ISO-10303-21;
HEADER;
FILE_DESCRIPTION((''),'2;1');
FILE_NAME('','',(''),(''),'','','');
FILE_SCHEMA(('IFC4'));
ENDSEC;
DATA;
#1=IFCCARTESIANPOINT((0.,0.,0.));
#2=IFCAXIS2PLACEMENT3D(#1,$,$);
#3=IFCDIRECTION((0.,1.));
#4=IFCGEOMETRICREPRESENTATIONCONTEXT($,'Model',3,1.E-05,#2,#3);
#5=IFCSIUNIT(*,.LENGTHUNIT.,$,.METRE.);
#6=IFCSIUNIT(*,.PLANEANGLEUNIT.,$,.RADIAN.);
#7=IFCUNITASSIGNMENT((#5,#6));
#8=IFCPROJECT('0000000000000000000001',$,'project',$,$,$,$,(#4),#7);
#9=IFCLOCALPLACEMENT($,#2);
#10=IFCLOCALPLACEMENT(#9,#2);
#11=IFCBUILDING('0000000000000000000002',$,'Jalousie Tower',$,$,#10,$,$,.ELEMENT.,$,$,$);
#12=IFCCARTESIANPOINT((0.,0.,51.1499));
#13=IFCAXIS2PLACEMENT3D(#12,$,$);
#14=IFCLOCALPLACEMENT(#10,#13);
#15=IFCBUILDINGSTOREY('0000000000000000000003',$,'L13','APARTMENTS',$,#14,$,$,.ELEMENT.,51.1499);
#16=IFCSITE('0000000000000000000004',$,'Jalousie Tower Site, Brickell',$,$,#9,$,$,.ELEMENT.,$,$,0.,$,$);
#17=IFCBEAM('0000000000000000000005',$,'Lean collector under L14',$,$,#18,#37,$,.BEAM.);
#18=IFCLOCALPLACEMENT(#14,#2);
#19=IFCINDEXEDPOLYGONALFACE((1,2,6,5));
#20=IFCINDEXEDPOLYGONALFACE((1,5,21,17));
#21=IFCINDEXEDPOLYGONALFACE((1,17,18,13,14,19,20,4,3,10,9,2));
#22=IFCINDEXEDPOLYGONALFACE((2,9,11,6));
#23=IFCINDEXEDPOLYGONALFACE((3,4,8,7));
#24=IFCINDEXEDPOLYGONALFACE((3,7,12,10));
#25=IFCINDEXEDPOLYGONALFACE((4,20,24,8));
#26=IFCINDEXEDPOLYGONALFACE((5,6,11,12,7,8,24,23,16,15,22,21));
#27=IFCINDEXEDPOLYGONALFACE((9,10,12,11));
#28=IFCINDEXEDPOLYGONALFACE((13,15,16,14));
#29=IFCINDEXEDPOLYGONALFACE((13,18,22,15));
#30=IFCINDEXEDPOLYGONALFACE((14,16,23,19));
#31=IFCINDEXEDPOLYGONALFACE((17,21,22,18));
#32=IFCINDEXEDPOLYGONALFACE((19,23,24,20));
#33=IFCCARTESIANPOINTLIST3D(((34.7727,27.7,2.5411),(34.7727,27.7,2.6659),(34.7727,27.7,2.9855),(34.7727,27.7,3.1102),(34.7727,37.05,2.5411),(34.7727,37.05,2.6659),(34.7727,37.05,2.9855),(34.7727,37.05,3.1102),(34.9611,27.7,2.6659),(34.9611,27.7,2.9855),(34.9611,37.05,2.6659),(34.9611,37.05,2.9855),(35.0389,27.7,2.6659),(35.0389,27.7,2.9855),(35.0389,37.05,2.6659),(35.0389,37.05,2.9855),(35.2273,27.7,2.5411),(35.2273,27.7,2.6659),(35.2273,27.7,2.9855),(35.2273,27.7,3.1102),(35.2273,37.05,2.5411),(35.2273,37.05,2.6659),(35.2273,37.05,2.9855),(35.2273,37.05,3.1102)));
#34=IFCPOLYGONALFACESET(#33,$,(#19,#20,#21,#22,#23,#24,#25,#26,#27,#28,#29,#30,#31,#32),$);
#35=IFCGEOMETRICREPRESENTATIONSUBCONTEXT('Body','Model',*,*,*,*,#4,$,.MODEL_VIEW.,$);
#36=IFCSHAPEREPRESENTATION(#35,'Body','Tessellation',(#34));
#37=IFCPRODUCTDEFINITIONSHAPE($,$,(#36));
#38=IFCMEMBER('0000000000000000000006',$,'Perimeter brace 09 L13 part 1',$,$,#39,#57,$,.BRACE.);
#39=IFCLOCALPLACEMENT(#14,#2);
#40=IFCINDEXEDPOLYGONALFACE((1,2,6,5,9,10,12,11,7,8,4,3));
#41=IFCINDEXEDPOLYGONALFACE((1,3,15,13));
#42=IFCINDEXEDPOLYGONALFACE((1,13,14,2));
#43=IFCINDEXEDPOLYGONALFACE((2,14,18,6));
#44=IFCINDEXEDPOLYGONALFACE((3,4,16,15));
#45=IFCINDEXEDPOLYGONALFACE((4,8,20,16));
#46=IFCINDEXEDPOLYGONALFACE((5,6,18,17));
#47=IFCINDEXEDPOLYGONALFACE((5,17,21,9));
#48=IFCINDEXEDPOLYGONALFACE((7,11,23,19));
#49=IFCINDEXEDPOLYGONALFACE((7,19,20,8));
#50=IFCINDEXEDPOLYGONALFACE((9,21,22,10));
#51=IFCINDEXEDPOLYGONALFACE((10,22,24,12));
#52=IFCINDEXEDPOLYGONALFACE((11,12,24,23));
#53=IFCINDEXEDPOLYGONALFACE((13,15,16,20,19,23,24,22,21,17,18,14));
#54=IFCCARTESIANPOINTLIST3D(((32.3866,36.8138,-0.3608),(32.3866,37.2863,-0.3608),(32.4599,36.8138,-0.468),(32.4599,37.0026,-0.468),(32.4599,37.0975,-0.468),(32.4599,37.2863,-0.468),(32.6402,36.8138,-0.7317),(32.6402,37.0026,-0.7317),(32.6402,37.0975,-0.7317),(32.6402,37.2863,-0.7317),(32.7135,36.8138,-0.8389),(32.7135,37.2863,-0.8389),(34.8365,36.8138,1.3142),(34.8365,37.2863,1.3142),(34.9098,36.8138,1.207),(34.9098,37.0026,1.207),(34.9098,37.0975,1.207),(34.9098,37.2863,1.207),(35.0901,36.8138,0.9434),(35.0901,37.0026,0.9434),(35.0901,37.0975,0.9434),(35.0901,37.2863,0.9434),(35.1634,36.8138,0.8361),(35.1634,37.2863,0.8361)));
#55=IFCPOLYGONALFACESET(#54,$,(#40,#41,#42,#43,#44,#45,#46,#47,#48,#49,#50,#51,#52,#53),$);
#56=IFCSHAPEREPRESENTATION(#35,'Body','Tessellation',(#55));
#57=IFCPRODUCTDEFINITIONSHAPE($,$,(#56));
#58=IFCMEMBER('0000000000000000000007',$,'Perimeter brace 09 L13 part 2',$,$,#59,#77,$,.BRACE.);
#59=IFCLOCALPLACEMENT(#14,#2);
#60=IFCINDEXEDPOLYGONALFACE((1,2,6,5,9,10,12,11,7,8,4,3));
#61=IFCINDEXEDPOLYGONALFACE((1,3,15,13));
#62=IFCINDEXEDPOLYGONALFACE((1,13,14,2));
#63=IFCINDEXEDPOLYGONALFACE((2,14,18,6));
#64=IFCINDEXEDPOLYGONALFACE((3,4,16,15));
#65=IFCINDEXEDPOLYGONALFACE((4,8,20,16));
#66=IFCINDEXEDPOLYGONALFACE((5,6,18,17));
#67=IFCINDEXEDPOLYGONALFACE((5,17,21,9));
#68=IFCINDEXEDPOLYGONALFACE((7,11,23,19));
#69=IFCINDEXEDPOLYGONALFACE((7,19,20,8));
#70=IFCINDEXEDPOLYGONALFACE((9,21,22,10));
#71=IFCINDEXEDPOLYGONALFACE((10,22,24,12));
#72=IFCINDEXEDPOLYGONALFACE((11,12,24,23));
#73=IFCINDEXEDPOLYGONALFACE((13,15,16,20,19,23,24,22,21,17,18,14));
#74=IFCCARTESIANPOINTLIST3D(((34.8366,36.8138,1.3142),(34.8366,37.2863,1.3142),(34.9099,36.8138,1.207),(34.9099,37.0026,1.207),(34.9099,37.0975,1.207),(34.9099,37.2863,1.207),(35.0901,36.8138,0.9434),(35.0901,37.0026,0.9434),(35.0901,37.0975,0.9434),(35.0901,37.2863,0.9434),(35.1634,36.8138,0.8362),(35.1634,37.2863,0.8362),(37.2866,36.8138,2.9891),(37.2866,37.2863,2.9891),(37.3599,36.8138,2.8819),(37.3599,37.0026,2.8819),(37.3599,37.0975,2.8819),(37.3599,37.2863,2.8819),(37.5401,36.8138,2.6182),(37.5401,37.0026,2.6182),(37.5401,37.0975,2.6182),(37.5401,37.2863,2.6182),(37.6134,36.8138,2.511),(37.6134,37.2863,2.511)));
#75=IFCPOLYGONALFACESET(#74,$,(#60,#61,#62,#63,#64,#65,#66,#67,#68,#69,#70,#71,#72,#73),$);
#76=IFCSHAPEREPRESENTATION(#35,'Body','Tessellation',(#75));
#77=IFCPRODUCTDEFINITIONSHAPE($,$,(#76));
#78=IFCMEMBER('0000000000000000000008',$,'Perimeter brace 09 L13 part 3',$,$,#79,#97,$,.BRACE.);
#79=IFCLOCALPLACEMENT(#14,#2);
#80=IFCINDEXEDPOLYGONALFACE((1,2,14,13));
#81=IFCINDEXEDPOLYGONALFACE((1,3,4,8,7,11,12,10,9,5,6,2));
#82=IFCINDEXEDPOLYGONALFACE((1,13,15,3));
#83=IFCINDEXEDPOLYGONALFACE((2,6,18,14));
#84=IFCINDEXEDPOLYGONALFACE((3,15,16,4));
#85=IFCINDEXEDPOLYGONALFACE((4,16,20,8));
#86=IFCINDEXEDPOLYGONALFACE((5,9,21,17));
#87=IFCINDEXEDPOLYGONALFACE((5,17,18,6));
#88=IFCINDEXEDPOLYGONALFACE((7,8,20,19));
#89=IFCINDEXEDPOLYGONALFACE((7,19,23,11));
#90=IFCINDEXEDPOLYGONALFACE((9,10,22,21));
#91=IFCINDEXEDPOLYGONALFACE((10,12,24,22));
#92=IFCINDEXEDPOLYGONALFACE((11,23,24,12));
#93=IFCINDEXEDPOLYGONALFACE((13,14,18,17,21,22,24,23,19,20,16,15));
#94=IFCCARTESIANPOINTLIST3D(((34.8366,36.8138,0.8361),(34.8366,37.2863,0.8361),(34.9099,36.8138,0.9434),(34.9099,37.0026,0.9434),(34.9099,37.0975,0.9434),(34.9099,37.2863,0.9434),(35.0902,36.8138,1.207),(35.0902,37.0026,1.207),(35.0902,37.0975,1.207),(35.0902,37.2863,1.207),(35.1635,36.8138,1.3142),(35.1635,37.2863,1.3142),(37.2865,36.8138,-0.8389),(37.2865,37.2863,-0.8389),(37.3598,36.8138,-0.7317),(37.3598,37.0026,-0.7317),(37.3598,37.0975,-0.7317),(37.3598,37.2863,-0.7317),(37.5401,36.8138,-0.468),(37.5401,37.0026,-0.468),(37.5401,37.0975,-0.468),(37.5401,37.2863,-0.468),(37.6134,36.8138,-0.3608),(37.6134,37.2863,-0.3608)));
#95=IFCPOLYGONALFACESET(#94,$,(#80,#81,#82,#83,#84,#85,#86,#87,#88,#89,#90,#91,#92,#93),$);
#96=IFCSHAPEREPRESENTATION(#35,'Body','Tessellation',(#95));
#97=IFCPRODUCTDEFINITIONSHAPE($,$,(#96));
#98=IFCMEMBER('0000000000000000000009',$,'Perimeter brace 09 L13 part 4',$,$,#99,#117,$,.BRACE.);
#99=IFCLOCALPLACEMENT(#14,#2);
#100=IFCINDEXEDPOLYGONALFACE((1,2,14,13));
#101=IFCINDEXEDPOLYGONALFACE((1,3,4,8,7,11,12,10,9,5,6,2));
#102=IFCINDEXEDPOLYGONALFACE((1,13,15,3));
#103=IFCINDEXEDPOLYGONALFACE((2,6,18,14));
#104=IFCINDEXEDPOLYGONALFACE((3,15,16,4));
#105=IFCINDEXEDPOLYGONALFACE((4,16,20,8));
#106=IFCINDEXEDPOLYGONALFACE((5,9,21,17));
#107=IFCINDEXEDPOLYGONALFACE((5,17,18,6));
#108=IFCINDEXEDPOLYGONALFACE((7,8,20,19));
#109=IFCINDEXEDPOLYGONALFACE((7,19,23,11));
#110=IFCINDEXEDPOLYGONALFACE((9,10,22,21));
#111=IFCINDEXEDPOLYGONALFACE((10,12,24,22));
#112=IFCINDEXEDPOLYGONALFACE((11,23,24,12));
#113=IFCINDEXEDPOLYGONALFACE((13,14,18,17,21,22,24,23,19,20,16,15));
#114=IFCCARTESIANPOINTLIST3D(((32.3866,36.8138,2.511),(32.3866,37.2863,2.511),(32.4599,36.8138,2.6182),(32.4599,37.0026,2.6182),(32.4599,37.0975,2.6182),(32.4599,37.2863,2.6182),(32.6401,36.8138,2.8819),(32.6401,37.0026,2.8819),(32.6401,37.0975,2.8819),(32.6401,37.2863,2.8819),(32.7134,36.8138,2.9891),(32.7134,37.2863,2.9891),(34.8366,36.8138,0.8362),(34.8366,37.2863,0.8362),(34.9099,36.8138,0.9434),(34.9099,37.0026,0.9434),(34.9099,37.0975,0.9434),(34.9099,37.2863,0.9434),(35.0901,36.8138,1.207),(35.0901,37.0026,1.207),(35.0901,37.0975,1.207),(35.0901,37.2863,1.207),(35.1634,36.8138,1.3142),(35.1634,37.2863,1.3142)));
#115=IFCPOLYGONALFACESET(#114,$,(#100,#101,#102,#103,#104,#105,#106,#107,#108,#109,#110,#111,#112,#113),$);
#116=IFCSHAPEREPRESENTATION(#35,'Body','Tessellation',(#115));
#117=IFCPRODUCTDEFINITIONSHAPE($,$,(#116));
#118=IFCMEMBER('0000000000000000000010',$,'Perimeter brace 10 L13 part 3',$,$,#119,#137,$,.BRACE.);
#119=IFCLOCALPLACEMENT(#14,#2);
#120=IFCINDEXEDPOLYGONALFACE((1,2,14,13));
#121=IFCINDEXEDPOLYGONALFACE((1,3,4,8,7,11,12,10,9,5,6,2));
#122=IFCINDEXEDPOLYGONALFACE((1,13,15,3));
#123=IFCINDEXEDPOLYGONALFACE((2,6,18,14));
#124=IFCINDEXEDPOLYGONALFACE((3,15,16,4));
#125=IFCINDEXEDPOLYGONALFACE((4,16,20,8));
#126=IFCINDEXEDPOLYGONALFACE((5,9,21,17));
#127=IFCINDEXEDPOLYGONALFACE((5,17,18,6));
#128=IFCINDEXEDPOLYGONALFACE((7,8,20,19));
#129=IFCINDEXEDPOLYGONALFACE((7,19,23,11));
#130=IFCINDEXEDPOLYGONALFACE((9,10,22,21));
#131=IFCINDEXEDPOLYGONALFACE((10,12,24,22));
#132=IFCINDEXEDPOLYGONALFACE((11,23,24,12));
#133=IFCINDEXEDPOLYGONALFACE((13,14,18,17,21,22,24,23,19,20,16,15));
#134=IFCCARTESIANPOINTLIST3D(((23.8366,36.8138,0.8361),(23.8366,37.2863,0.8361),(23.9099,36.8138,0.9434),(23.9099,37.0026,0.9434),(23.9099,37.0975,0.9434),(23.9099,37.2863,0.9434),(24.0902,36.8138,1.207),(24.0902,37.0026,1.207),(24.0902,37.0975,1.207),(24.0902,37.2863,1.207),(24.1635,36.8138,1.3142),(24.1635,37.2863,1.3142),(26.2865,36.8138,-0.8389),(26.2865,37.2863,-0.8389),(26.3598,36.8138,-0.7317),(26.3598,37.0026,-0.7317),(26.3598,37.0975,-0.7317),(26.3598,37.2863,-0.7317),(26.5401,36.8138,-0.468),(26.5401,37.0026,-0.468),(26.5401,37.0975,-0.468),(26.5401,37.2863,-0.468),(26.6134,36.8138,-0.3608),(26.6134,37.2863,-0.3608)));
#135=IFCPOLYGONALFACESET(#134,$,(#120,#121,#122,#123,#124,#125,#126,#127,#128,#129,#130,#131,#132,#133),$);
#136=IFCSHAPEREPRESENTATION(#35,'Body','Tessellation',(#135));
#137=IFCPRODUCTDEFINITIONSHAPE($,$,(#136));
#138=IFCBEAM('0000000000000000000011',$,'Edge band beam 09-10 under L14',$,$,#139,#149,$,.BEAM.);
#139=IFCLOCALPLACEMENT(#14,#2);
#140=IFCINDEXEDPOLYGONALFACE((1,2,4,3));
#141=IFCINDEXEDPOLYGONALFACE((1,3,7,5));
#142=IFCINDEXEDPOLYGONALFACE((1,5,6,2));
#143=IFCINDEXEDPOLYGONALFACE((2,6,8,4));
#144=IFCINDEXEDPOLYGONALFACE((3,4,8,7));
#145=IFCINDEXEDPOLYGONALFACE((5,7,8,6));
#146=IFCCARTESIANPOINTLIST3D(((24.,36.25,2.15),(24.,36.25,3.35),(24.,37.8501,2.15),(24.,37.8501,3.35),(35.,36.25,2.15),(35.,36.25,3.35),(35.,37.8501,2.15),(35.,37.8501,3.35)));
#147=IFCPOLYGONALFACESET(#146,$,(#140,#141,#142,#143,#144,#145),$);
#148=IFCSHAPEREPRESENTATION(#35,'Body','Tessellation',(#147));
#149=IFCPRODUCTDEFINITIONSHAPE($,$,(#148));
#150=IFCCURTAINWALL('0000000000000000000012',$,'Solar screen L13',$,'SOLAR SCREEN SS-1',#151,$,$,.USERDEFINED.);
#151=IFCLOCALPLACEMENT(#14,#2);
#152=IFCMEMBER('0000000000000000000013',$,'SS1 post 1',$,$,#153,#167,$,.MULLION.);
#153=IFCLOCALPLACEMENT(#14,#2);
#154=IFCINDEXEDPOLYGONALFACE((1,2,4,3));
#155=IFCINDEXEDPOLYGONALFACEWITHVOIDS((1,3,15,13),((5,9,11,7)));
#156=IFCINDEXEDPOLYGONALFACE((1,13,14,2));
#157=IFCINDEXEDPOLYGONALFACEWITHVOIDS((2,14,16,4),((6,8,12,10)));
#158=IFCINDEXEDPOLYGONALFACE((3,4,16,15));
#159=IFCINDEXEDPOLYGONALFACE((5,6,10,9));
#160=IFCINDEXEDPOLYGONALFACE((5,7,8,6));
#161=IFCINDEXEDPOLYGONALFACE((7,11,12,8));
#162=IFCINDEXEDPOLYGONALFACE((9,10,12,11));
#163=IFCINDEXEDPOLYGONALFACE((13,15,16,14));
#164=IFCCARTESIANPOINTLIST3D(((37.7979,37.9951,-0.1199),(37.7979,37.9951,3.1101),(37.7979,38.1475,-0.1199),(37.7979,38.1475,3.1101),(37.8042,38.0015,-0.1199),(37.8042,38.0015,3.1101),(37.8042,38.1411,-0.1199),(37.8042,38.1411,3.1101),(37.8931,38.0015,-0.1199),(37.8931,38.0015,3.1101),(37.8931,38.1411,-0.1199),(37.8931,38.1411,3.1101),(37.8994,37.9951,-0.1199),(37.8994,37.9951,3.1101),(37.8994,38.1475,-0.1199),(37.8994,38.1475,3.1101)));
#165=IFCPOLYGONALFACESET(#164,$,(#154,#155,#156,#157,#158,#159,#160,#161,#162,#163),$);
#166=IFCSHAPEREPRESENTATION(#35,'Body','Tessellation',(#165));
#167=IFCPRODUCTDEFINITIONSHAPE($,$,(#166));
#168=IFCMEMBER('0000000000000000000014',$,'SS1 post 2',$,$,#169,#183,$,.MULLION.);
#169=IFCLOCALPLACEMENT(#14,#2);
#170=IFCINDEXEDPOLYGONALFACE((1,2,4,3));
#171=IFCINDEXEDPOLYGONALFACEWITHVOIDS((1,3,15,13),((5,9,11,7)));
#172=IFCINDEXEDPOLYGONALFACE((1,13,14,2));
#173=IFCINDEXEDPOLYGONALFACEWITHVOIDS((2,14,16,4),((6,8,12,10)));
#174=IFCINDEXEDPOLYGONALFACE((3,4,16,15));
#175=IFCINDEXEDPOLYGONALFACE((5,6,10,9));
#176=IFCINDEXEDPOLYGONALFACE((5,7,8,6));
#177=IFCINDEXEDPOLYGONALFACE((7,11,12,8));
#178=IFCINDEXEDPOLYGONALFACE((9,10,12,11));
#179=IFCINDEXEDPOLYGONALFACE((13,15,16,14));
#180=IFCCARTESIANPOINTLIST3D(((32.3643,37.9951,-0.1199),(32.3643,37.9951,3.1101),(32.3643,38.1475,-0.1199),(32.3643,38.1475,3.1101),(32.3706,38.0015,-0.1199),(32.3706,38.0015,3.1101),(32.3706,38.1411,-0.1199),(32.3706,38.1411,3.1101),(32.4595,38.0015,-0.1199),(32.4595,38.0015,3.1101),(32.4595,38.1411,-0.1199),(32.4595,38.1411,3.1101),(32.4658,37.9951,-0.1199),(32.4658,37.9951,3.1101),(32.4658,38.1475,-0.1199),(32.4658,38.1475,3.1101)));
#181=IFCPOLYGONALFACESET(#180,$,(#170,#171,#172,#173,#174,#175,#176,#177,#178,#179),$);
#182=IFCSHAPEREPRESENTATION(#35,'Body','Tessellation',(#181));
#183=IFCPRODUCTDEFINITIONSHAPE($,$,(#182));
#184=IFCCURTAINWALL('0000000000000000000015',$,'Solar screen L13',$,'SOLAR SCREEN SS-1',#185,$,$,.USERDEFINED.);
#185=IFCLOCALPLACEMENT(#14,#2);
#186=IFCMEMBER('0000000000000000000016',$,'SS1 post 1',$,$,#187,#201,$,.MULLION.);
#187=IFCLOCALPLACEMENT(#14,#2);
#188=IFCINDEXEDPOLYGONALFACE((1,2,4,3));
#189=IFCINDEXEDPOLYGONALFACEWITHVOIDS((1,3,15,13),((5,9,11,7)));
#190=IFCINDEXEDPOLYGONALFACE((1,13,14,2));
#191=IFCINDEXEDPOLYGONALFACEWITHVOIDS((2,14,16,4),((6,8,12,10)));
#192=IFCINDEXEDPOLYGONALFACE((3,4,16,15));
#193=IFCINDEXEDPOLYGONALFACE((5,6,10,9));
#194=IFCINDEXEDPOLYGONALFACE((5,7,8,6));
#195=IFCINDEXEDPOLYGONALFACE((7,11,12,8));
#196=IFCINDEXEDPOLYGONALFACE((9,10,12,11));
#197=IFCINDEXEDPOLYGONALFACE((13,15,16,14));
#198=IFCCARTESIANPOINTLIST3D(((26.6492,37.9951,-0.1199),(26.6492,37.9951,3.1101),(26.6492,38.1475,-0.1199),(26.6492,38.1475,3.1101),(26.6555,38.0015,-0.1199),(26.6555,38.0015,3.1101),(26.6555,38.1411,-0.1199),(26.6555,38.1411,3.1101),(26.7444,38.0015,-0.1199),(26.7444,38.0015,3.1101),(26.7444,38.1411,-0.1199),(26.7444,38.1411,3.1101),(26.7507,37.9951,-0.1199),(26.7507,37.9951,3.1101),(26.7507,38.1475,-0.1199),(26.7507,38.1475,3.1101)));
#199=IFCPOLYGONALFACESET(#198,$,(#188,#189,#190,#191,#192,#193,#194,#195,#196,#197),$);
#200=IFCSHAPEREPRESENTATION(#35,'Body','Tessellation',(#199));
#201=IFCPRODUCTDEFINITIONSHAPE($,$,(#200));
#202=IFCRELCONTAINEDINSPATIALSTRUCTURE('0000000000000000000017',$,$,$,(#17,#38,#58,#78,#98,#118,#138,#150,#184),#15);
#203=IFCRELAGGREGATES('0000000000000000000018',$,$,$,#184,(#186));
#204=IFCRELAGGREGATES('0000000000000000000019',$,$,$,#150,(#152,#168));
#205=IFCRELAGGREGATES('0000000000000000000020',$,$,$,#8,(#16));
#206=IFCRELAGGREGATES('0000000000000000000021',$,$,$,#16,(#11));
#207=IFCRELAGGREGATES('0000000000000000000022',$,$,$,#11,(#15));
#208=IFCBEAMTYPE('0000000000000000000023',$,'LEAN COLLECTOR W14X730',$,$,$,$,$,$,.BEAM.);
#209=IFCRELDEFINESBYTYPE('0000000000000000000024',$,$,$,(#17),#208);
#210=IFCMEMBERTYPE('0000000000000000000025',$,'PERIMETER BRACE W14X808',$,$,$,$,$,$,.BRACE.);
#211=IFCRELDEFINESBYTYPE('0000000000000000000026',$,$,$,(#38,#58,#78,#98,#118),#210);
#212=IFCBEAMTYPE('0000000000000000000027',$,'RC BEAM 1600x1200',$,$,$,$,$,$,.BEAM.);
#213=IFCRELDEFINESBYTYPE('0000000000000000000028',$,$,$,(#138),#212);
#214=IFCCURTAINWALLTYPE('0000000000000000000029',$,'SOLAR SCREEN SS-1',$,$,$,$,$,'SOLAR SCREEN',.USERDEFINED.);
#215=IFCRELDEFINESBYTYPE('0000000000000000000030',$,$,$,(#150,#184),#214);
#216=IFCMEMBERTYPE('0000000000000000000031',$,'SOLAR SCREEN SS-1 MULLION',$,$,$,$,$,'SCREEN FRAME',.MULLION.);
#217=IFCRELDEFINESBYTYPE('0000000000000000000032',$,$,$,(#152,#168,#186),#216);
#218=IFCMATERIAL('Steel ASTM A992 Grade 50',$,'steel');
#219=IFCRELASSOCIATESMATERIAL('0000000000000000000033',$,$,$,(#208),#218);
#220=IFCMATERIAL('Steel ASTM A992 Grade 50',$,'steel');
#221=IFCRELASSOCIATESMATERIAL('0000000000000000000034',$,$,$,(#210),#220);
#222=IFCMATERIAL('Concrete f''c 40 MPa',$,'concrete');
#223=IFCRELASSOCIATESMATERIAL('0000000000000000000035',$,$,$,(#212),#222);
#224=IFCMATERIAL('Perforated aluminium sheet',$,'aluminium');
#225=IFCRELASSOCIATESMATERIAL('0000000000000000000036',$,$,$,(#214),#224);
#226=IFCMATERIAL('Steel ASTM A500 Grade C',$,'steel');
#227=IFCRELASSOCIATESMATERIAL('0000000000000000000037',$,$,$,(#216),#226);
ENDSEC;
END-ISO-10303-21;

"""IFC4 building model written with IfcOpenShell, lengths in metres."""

from ifc_helpers import new_model, si_unit, direction, frame, origin, origin_2d, place, context, subcontext, project, spatial, rectangle, hollow_rectangle, i_section, extrude, material, material_profile, profile_set, type_object, element, aggregate, save


model = new_model("IFC4")

# Units and contexts
model_context = context("Model", 3, precision=1e-05, world=origin(), true_north=direction((0.0, 1.0)))
body_context = subcontext(model_context, "Body", "Model", "MODEL_VIEW")
ifc_project = project(units=[si_unit("LENGTHUNIT", "METRE"), si_unit("PLANEANGLEUNIT", "RADIAN")], contexts=[model_context])

# Site, building, storey
site_placement = place(None, origin())
site = spatial("IfcSite", under=ifc_project, at=site_placement, Name="Jalousie Tower Site, Brickell", CompositionType="ELEMENT", RefElevation=0.0)
building_placement = place(site_placement, origin())
building = spatial("IfcBuilding", under=site, at=building_placement, Name="Jalousie Tower", CompositionType="ELEMENT")
storey_placement = place(building_placement, frame((0.0, 0.0, 51.1499)))
storey = spatial("IfcBuildingStorey", under=building, at=storey_placement, Name="L13", Description="APARTMENTS", CompositionType="ELEMENT", Elevation=51.1499)

# Beam
ifc_material_1 = material(Name="Steel ASTM A992 Grade 50", Category="steel")
ifc_material_profile_1 = material_profile(ifc_material_1, i_section(OverallWidth=0.4546, OverallDepth=0.5691, WebThickness=0.0779, FlangeThickness=0.1248, at=origin_2d()), Name="W14X730")
ifc_profile_set_1 = profile_set([ifc_material_profile_1], Name="Steel ASTM A992 Grade 50")
beam_type_1 = type_object("IfcBeamType", Name="LEAN COLLECTOR W14X730", PredefinedType="BEAM", material=ifc_profile_set_1)
beam_1_placement = place(storey_placement, frame((35.0, 37.05, 2.8257), z_axis=(0.0, -1.0, 0.0), x_axis=(1.0, 0.0, 0.0)))
element("IfcBeam", 1, at=beam_1_placement, inside=storey, type_object=beam_type_1, Name="Lean collector under L14", PredefinedType="BEAM", context=body_context, shape_type="SweptSolid", body=[
    extrude(i_section(OverallWidth=0.4546, OverallDepth=0.5691, WebThickness=0.0779, FlangeThickness=0.1248, at=origin_2d()), origin(), (0.0, 0.0, 1.0), 9.3501),
])

# Members
ifc_material_2 = material(Name="Steel ASTM A992 Grade 50", Category="steel")
ifc_material_profile_2 = material_profile(ifc_material_2, i_section(OverallWidth=0.4724, OverallDepth=0.5791, WebThickness=0.095, FlangeThickness=0.1299, at=origin_2d()), Name="W14X808")
ifc_profile_set_2 = profile_set([ifc_material_profile_2], Name="Steel ASTM A992 Grade 50")
member_type_1 = type_object("IfcMemberType", Name="PERIMETER BRACE W14X808", PredefinedType="BRACE", material=ifc_profile_set_2)
for number, where, z_axis, x_axis, name in (
    (2, (32.55, 37.05, -0.5999), (0.825501, 0.0, 0.564401), (0.0, 1.0, 0.0), "Perimeter brace 09 L13 part 1"),
    (3, (35.0, 37.05, 1.0752), (0.825539, 0.0, 0.564345), (0.0, 1.0, 0.0), "Perimeter brace 09 L13 part 2"),
    (4, (37.45, 37.05, -0.5999), (-0.825501, 0.0, 0.564401), (0.0, -1.0, 0.0), "Perimeter brace 09 L13 part 3"),
    (5, (35.0, 37.05, 1.0752), (-0.825539, 0.0, 0.564345), (0.0, -1.0, 0.0), "Perimeter brace 09 L13 part 4"),
    (6, (26.45, 37.05, -0.5999), (-0.825501, 0.0, 0.564401), (0.0, -1.0, 0.0), "Perimeter brace 10 L13 part 3"),
):
    element("IfcMember", number, at=place(storey_placement, frame(where, z_axis=z_axis, x_axis=x_axis)), inside=storey, type_object=member_type_1, Name=name, PredefinedType="BRACE", context=body_context, shape_type="SweptSolid", body=[
        extrude(i_section(OverallWidth=0.4724, OverallDepth=0.5791, WebThickness=0.095, FlangeThickness=0.1299, at=origin_2d()), origin(), (0.0, 0.0, 1.0), 2.9678),
    ])

# Beam
ifc_material_3 = material(Name="Concrete f'c 40 MPa", Category="concrete")
ifc_material_profile_3 = material_profile(ifc_material_3, rectangle(XDim=1.6001, YDim=1.2, at=origin_2d()), Name="RC 1600x1200")
ifc_profile_set_3 = profile_set([ifc_material_profile_3], Name="Concrete f'c 40 MPa")
beam_type_2 = type_object("IfcBeamType", Name="RC BEAM 1600x1200", PredefinedType="BEAM", material=ifc_profile_set_3)
beam_2_placement = place(storey_placement, frame((35.0, 37.05, 2.75), z_axis=(-1.0, 0.0, 0.0), x_axis=(0.0, -1.0, 0.0)))
element("IfcBeam", 7, at=beam_2_placement, inside=storey, type_object=beam_type_2, Name="Edge band beam 09-10 under L14", PredefinedType="BEAM", context=body_context, shape_type="SweptSolid", body=[
    extrude(rectangle(XDim=1.6001, YDim=1.2, at=origin_2d()), origin(), (0.0, 0.0, 1.0), 11.0),
])

# Curtain wall, members
ifc_material_4 = material(Name="Perforated aluminium sheet", Category="aluminium")
curtain_wall_type = type_object("IfcCurtainWallType", Name="SOLAR SCREEN SS-1", ElementType="SOLAR SCREEN", PredefinedType="USERDEFINED", material=ifc_material_4)
curtain_wall_1_placement = place(storey_placement, origin())
curtain_wall_1 = element("IfcCurtainWall", 8, at=curtain_wall_1_placement, inside=storey, type_object=curtain_wall_type, Name="Solar screen L13", ObjectType="SOLAR SCREEN SS-1", PredefinedType="USERDEFINED")
ifc_material_5 = material(Name="Steel ASTM A500 Grade C", Category="steel")
ifc_material_profile_4 = material_profile(ifc_material_5, hollow_rectangle(XDim=0.1016, YDim=0.1523, WallThickness=0.0063, at=origin_2d()), Name="HSS6X4X1/4")
ifc_profile_set_4 = profile_set([ifc_material_profile_4], Name="Steel ASTM A500 Grade C")
member_type_2 = type_object("IfcMemberType", Name="SOLAR SCREEN SS-1 MULLION", ElementType="SCREEN FRAME", PredefinedType="MULLION", material=ifc_profile_set_4)
member_1_placement = place(storey_placement, frame((37.8486, 38.0713, -0.1199), z_axis=(0.0, 0.0, 1.0), x_axis=(-1.0, 0.0, 0.0)))
member_1 = element("IfcMember", 9, at=member_1_placement, type_object=member_type_2, Name="SS1 post 1", PredefinedType="MULLION", context=body_context, shape_type="SweptSolid", body=[
    extrude(hollow_rectangle(XDim=0.1016, YDim=0.1523, WallThickness=0.0063, at=origin_2d()), origin(), (0.0, 0.0, 1.0), 3.23),
])
member_2_placement = place(storey_placement, frame((32.415, 38.0713, -0.1199), z_axis=(0.0, 0.0, 1.0), x_axis=(-1.0, 0.0, 0.0)))
member_2 = element("IfcMember", 10, at=member_2_placement, type_object=member_type_2, Name="SS1 post 2", PredefinedType="MULLION", context=body_context, shape_type="SweptSolid", body=[
    extrude(hollow_rectangle(XDim=0.1016, YDim=0.1523, WallThickness=0.0063, at=origin_2d()), origin(), (0.0, 0.0, 1.0), 3.23),
])

# Curtain wall, member
curtain_wall_2_placement = place(storey_placement, origin())
curtain_wall_2 = element("IfcCurtainWall", 11, at=curtain_wall_2_placement, inside=storey, type_object=curtain_wall_type, Name="Solar screen L13", ObjectType="SOLAR SCREEN SS-1", PredefinedType="USERDEFINED")
member_3_placement = place(storey_placement, frame((26.7, 38.0713, -0.1199), z_axis=(0.0, 0.0, 1.0), x_axis=(-1.0, 0.0, 0.0)))
member_3 = element("IfcMember", 12, at=member_3_placement, type_object=member_type_2, Name="SS1 post 1", PredefinedType="MULLION", context=body_context, shape_type="SweptSolid", body=[
    extrude(hollow_rectangle(XDim=0.1016, YDim=0.1523, WallThickness=0.0063, at=origin_2d()), origin(), (0.0, 0.0, 1.0), 3.23),
])

aggregate(curtain_wall_2, [member_3])

aggregate(curtain_wall_1, [member_1, member_2])

save(model, "model.ifc")
